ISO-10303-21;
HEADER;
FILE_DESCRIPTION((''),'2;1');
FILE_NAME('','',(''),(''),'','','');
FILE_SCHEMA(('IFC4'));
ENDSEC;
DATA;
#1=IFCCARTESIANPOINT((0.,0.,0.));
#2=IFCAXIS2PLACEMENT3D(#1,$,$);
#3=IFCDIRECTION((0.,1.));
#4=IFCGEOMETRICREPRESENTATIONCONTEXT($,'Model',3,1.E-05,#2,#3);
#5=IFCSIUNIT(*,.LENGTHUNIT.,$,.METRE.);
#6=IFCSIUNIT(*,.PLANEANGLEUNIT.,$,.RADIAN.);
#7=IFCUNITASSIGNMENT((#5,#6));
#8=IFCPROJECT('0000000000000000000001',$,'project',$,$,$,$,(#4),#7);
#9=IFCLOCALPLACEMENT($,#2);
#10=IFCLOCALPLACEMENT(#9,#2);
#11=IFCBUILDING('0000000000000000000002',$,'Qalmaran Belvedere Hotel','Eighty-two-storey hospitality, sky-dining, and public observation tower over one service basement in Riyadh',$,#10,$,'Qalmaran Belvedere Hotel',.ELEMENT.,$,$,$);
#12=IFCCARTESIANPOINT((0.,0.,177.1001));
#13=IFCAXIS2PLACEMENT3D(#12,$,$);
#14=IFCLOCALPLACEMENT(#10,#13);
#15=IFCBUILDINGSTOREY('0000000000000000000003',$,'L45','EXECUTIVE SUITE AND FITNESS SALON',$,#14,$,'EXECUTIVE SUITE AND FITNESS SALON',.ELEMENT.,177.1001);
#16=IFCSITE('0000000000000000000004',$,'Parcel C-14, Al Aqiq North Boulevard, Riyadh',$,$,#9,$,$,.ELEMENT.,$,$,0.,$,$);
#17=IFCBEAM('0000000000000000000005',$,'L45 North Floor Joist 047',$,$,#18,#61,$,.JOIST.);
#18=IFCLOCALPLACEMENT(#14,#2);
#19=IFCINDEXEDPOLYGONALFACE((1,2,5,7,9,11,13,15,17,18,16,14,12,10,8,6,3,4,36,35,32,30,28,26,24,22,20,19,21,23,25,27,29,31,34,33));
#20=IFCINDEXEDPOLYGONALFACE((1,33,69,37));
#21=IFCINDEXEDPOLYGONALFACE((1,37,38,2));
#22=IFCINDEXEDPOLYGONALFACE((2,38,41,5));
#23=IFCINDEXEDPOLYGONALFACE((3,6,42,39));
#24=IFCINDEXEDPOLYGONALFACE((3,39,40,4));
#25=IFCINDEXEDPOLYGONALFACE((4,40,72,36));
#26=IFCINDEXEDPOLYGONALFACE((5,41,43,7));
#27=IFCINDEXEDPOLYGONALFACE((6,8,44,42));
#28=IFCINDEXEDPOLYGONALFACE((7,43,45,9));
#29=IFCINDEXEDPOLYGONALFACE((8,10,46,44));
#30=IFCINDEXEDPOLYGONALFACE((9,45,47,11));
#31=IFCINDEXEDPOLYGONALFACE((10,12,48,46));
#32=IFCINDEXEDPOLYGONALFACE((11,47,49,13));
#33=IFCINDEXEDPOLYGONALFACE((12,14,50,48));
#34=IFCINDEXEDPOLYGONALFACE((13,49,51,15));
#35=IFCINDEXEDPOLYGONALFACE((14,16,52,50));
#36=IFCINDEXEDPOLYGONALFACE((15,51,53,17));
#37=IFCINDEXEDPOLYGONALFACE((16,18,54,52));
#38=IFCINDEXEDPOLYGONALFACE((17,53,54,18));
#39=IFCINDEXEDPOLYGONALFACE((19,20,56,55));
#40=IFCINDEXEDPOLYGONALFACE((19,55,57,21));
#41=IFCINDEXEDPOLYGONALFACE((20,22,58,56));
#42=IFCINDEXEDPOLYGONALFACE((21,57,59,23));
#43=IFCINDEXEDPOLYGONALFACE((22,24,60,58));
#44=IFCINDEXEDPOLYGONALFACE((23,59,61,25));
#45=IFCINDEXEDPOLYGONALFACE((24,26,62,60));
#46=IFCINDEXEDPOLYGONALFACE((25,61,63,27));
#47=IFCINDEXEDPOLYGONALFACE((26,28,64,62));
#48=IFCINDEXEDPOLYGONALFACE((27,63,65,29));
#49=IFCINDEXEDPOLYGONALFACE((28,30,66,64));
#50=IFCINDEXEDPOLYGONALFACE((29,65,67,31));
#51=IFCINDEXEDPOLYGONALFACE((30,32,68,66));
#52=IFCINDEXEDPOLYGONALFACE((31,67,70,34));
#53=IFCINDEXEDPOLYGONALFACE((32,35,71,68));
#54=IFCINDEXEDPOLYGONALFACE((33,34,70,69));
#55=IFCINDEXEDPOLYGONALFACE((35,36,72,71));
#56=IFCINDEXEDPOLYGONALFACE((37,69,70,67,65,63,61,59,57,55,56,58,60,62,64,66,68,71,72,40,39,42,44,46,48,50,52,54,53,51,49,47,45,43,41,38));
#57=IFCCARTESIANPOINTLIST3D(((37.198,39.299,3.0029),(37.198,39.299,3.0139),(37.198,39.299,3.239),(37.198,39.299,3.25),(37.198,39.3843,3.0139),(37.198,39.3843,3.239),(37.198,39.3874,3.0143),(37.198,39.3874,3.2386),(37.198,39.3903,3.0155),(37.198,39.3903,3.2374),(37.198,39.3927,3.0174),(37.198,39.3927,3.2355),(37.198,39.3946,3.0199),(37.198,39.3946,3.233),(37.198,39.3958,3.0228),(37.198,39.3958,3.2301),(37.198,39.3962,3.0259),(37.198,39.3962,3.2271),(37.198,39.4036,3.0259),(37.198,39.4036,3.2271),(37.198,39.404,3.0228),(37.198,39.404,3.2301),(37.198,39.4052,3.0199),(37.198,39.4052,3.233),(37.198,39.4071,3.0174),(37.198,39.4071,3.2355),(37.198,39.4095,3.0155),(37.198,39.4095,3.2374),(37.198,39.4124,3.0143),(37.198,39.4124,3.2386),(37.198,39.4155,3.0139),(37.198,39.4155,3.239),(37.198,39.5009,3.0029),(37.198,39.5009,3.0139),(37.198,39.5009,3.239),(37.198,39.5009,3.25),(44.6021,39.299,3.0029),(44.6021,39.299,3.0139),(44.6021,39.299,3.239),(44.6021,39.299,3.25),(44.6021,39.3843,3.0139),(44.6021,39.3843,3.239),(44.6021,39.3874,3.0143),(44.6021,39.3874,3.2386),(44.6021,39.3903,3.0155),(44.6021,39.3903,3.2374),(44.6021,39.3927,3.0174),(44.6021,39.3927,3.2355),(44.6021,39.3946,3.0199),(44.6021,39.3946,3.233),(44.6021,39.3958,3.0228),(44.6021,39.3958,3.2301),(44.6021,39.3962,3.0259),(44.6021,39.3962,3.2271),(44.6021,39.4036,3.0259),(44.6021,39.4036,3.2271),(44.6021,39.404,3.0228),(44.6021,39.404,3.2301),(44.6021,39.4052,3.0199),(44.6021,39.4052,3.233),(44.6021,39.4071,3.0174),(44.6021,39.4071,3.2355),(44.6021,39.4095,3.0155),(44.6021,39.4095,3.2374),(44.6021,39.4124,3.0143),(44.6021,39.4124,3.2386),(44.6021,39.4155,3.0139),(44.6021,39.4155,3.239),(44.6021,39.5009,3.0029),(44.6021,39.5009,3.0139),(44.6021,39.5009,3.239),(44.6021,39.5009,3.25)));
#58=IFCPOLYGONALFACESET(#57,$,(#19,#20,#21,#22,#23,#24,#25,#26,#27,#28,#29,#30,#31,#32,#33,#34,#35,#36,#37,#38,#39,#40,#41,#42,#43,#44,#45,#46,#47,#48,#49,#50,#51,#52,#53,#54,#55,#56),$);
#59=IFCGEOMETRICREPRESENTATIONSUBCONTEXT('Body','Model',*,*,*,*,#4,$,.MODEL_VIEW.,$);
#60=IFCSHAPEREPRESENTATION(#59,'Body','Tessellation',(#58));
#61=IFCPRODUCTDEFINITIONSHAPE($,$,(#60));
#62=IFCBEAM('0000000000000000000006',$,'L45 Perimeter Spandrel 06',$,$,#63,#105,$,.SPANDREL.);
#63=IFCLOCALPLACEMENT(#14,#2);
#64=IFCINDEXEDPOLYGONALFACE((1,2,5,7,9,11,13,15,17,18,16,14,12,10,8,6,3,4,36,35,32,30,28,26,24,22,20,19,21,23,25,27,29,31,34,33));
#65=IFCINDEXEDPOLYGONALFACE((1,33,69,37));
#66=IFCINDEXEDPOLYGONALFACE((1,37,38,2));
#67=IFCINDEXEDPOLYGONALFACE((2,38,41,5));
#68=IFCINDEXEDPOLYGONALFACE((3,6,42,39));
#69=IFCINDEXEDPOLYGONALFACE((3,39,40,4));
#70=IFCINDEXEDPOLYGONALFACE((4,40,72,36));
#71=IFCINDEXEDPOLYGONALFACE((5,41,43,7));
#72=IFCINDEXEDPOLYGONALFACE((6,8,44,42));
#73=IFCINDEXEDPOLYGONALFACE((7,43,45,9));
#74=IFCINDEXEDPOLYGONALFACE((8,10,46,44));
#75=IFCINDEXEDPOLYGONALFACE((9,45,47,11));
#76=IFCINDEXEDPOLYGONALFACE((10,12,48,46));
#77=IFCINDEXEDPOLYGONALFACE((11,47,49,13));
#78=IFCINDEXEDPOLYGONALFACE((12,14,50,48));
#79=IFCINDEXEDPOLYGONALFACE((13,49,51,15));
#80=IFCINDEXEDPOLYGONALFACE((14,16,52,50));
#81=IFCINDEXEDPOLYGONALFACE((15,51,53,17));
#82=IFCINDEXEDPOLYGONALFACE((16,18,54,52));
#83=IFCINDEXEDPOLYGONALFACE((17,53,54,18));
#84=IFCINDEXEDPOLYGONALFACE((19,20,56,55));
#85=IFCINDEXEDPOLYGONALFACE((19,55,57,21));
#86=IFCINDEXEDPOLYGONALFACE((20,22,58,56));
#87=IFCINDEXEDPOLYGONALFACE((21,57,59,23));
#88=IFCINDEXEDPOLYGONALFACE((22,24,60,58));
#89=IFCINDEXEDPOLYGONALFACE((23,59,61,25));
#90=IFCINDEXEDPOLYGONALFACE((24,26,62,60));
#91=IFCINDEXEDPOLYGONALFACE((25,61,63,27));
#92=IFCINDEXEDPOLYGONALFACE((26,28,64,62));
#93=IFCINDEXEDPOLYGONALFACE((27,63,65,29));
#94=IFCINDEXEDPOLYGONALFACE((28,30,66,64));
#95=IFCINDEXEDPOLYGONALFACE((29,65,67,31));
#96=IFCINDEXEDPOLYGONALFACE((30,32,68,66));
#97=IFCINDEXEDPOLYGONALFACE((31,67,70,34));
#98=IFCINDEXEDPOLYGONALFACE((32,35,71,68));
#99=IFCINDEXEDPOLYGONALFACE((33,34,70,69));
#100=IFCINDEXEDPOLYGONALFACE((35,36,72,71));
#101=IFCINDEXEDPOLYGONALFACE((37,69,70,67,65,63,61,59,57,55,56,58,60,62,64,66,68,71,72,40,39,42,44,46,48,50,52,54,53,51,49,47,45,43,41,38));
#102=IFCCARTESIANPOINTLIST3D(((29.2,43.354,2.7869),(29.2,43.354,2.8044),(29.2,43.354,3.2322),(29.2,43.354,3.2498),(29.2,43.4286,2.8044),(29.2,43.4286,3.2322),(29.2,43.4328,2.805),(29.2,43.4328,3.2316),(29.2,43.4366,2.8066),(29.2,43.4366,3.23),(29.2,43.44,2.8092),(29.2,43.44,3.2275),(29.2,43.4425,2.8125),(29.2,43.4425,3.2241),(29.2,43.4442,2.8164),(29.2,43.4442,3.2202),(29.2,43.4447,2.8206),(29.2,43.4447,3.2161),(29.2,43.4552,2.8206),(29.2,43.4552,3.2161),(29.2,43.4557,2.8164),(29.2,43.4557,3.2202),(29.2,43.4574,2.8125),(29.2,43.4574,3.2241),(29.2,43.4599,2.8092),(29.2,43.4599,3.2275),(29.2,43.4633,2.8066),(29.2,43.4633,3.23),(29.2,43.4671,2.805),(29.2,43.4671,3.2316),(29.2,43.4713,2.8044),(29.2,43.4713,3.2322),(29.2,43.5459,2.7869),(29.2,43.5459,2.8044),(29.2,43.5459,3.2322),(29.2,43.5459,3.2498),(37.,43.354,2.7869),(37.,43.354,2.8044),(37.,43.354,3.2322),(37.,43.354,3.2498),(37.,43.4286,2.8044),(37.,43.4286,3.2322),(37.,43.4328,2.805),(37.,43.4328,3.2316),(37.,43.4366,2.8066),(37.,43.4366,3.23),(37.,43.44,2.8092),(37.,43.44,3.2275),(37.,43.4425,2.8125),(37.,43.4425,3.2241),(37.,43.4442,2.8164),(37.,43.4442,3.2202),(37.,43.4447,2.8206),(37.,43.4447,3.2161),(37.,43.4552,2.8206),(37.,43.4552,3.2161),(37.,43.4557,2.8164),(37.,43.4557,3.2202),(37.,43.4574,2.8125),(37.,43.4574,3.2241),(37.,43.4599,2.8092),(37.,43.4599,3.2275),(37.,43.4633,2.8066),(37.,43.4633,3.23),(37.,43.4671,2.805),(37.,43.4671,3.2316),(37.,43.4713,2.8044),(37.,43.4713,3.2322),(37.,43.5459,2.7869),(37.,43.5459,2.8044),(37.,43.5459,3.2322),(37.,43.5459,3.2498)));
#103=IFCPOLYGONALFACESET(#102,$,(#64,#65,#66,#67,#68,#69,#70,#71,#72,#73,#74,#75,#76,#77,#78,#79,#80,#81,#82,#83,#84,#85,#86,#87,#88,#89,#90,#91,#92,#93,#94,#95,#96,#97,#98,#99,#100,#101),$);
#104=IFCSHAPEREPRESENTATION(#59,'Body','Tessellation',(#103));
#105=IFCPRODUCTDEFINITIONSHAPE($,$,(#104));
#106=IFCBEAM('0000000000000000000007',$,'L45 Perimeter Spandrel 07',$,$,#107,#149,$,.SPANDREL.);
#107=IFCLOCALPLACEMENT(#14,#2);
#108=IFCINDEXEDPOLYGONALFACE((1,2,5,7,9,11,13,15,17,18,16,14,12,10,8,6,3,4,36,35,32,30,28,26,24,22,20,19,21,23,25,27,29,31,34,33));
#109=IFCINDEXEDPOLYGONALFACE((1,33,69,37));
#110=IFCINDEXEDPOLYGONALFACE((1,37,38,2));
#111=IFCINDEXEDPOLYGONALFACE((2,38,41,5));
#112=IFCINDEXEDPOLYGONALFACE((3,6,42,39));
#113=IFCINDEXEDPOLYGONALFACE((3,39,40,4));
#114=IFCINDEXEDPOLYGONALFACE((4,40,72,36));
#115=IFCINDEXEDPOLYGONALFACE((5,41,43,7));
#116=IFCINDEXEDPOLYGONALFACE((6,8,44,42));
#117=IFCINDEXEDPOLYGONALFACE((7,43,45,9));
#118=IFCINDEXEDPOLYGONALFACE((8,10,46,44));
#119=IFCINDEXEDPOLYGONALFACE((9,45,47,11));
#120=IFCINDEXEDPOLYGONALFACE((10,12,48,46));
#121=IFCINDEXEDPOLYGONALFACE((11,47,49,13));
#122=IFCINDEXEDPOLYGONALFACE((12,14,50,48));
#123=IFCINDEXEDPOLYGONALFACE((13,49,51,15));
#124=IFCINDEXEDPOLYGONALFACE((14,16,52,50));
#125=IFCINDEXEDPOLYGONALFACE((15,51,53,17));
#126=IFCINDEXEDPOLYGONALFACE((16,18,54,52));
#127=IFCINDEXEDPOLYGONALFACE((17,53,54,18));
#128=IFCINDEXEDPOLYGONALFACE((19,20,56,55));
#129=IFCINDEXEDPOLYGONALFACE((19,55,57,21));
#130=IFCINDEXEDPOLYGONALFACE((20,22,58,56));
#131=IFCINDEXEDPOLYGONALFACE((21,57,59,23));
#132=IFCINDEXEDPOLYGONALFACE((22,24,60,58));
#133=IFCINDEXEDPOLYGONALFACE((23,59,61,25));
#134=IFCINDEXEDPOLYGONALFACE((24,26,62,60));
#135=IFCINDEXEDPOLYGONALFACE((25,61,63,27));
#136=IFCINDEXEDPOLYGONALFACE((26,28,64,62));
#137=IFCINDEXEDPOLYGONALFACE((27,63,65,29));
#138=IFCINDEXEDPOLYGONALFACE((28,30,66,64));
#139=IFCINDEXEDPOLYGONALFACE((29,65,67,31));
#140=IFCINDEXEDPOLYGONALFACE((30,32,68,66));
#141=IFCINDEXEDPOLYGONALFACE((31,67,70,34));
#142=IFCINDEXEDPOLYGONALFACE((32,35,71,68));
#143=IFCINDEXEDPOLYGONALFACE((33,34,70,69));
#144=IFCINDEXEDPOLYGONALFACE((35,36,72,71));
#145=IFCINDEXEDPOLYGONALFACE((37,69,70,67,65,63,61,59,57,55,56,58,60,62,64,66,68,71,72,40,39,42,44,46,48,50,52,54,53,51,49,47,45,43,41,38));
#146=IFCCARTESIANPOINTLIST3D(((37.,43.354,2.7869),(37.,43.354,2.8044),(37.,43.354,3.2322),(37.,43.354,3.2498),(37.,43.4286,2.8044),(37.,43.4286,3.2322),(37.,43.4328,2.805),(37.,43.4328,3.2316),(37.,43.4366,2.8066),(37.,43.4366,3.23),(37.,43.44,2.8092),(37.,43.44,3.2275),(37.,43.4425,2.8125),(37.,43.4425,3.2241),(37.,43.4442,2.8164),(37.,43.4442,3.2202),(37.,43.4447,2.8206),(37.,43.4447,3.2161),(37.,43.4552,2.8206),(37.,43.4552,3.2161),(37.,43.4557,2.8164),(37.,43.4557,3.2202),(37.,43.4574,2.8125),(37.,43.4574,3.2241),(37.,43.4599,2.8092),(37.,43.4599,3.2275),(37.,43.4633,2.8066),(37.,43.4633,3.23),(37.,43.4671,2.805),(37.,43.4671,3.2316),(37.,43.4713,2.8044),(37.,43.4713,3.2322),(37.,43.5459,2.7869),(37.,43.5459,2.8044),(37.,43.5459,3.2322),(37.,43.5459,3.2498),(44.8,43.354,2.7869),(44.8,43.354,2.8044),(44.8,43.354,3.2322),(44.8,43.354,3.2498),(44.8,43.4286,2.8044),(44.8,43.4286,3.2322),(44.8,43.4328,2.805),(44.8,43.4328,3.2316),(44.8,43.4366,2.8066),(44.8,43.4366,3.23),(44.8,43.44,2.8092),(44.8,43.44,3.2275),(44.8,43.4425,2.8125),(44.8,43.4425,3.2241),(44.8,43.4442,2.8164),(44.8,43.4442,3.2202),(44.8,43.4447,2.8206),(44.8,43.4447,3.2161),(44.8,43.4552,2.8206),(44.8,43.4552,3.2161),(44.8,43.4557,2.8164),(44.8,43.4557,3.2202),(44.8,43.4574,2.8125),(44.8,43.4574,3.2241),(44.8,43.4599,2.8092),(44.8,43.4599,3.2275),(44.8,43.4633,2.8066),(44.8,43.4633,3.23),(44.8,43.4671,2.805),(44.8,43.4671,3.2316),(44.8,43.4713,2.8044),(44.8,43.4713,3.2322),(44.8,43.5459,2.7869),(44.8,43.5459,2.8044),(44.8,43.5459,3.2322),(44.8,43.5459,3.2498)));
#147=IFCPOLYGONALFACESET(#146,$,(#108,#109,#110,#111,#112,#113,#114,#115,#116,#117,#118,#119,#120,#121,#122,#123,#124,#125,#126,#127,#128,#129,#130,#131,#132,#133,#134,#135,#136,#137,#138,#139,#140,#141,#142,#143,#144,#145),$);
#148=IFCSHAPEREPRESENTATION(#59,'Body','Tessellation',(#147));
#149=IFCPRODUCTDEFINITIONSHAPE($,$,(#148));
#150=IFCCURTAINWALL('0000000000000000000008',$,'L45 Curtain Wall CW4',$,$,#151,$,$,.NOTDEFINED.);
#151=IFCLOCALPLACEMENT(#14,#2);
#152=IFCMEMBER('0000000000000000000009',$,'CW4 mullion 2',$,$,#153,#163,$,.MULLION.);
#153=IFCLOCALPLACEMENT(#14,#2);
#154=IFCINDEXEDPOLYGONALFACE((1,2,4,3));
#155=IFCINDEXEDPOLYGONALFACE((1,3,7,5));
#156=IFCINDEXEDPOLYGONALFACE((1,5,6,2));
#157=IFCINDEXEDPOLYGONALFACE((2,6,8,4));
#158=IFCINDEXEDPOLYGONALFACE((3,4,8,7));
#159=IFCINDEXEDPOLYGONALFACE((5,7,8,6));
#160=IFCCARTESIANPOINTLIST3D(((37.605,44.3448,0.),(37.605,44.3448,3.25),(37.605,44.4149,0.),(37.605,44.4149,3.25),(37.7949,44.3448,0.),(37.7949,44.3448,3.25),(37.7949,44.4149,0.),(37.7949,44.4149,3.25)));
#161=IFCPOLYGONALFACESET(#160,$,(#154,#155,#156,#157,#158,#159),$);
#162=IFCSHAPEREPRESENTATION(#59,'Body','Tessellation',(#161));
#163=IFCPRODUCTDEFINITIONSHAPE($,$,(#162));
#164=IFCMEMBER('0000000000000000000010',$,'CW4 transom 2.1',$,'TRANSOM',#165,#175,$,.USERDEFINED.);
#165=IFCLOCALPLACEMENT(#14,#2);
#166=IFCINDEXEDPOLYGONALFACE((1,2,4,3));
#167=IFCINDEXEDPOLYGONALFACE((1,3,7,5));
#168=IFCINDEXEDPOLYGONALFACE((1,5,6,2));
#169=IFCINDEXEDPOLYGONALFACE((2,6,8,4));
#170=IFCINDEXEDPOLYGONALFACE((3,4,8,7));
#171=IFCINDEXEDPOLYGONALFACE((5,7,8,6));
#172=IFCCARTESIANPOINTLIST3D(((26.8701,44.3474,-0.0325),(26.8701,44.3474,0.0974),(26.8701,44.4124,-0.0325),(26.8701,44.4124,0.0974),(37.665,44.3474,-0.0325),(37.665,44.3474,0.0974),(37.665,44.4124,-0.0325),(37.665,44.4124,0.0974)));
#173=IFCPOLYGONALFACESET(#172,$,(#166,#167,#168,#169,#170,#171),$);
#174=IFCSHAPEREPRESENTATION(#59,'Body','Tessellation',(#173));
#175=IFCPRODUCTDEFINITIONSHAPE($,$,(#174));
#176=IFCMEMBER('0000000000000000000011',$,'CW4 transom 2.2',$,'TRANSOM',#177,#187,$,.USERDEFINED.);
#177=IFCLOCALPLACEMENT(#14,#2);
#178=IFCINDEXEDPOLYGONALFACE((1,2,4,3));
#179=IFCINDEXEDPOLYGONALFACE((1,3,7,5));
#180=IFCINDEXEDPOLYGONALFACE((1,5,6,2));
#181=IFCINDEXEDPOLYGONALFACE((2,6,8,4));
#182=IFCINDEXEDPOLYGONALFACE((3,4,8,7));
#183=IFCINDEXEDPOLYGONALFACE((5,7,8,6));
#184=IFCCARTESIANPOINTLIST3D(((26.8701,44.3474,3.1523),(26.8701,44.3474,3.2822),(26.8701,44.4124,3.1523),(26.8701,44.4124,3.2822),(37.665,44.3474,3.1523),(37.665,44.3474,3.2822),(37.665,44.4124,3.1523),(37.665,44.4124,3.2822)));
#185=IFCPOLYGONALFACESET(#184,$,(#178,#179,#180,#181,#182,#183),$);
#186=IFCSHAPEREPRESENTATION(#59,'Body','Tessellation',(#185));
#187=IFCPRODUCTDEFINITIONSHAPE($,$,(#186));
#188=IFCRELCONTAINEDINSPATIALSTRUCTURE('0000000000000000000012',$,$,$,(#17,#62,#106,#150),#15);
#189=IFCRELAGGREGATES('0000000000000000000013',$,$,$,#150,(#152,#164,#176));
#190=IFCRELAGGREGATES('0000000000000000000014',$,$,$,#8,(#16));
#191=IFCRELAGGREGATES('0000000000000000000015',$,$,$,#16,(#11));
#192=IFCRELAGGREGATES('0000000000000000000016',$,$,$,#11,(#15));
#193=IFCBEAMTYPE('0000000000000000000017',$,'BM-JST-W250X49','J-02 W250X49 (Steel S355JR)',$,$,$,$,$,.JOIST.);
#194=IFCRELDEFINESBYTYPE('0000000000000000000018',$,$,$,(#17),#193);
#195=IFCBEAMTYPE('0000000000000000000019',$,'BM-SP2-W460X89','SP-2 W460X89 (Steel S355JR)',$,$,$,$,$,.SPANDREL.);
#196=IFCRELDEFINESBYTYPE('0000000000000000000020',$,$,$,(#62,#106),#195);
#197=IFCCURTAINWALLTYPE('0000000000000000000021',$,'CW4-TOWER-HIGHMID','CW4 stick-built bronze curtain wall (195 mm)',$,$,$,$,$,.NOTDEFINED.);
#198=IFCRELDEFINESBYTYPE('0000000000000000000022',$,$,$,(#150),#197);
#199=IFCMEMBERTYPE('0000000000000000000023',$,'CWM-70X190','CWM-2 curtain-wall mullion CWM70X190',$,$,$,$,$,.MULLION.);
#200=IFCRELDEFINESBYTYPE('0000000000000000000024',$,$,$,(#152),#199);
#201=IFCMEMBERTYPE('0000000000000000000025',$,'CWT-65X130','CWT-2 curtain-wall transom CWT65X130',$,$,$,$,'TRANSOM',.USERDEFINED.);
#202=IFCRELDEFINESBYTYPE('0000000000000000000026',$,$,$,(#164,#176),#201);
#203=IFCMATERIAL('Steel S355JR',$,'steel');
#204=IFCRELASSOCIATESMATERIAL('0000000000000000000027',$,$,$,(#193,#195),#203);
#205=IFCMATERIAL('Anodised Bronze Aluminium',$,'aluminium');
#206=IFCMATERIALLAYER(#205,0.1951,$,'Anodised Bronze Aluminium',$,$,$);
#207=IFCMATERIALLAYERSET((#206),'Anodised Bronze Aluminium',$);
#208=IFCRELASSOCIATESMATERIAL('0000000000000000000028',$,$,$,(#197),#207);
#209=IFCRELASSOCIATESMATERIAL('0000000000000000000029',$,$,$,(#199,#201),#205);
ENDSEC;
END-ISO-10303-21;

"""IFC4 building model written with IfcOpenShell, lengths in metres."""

from ifc_helpers import new_model, si_unit, direction, frame, origin, origin_2d, place, context, subcontext, project, spatial, rectangle, i_section, extrude, material, layer, layer_set, material_profile, profile_set, type_object, element, aggregate, save


model = new_model("IFC4")

# Units and contexts
model_context = context("Model", 3, precision=1e-05, world=origin(), true_north=direction((0.0, 1.0)))
body_context = subcontext(model_context, "Body", "Model", "MODEL_VIEW")
ifc_project = project(units=[si_unit("LENGTHUNIT", "METRE"), si_unit("PLANEANGLEUNIT", "RADIAN")], contexts=[model_context])

# Site, building, storey
site_placement = place(None, origin())
site = spatial("IfcSite", under=ifc_project, at=site_placement, Name="Parcel C-14, Al Aqiq North Boulevard, Riyadh", CompositionType="ELEMENT", RefElevation=0.0)
building_placement = place(site_placement, origin())
building = spatial("IfcBuilding", under=site, at=building_placement, Name="Qalmaran Belvedere Hotel", Description="Eighty-two-storey hospitality, sky-dining, and public observation tower over one service basement in Riyadh", LongName="Qalmaran Belvedere Hotel", CompositionType="ELEMENT")
storey_placement = place(building_placement, frame((0.0, 0.0, 177.1001)))
storey = spatial("IfcBuildingStorey", under=building, at=storey_placement, Name="L45", Description="EXECUTIVE SUITE AND FITNESS SALON", LongName="EXECUTIVE SUITE AND FITNESS SALON", CompositionType="ELEMENT", Elevation=177.1001)

# Beams
ifc_material_1 = material(Name="Steel S355JR", Category="steel")
ifc_material_profile_1 = material_profile(ifc_material_1, i_section(OverallWidth=0.2019, OverallDepth=0.2471, WebThickness=0.0073, FlangeThickness=0.011, FilletRadius=0.012, at=origin_2d()), Name="W250X49")
ifc_profile_set_1 = profile_set([ifc_material_profile_1], Name="Steel S355JR")
beam_type_1 = type_object("IfcBeamType", Name="BM-JST-W250X49", Description="J-02 W250X49 (Steel S355JR)", PredefinedType="JOIST", material=ifc_profile_set_1)
for number, where, z_axis, x_axis, name in (
    (1, (37.198, 39.3999, 3.1265), (1.0, 0.0, 0.0), (0.0, 1.0, 0.0), "L45 North Floor Joist 047"),
):
    element("IfcBeam", number, at=place(storey_placement, frame(where, z_axis=z_axis, x_axis=x_axis)), inside=storey, type_object=beam_type_1, Name=name, PredefinedType="JOIST", context=body_context, shape_type="SweptSolid", body=[
        extrude(i_section(OverallWidth=0.2019, OverallDepth=0.2471, WebThickness=0.0073, FlangeThickness=0.011, FilletRadius=0.012, at=origin_2d()), origin(), (0.0, 0.0, 1.0), 7.4041),
    ])
ifc_material_profile_2 = material_profile(ifc_material_1, i_section(OverallWidth=0.1919, OverallDepth=0.4629, WebThickness=0.0105, FlangeThickness=0.0176, FilletRadius=0.0161, at=origin_2d()), Name="W460X89")
ifc_profile_set_2 = profile_set([ifc_material_profile_2], Name="Steel S355JR")
beam_type_2 = type_object("IfcBeamType", Name="BM-SP2-W460X89", Description="SP-2 W460X89 (Steel S355JR)", PredefinedType="SPANDREL", material=ifc_profile_set_2)
for number, where, z_axis, x_axis, name in (
    (2, (29.2, 43.45, 3.0183), (1.0, 0.0, 0.0), (0.0, 1.0, 0.0), "L45 Perimeter Spandrel 06"),
    (3, (37.0, 43.45, 3.0183), (1.0, 0.0, 0.0), (0.0, 1.0, 0.0), "L45 Perimeter Spandrel 07"),
):
    element("IfcBeam", number, at=place(storey_placement, frame(where, z_axis=z_axis, x_axis=x_axis)), inside=storey, type_object=beam_type_2, Name=name, PredefinedType="SPANDREL", context=body_context, shape_type="SweptSolid", body=[
        extrude(i_section(OverallWidth=0.1919, OverallDepth=0.4629, WebThickness=0.0105, FlangeThickness=0.0176, FilletRadius=0.0161, at=origin_2d()), origin(), (0.0, 0.0, 1.0), 7.8),
    ])

# Curtain wall, members
ifc_material_2 = material(Name="Anodised Bronze Aluminium", Category="aluminium")
ifc_layer_1 = layer(ifc_material_2, 0.1951, Name="Anodised Bronze Aluminium")
ifc_layer_set_1 = layer_set([ifc_layer_1], Name="Anodised Bronze Aluminium")
curtain_wall_type = type_object("IfcCurtainWallType", Name="CW4-TOWER-HIGHMID", Description="CW4 stick-built bronze curtain wall (195 mm)", PredefinedType="NOTDEFINED", material=ifc_layer_set_1)
curtain_wall_placement = place(storey_placement, origin())
curtain_wall = element("IfcCurtainWall", 4, at=curtain_wall_placement, inside=storey, type_object=curtain_wall_type, Name="L45 Curtain Wall CW4", PredefinedType="NOTDEFINED")
ifc_material_profile_3 = material_profile(ifc_material_2, rectangle(XDim=0.0701, YDim=0.1899, at=origin_2d()), Name="CWM70X190")
ifc_profile_set_3 = profile_set([ifc_material_profile_3], Name="Anodised Bronze Aluminium")
member_type_1 = type_object("IfcMemberType", Name="CWM-70X190", Description="CWM-2 curtain-wall mullion CWM70X190", PredefinedType="MULLION", material=ifc_profile_set_3)
member_1_placement = place(storey_placement, frame((37.7, 44.3799, 0.0), z_axis=(0.0, 0.0, 1.0), x_axis=(0.0, -1.0, 0.0)))
member_1 = element("IfcMember", 5, at=member_1_placement, type_object=member_type_1, Name="CW4 mullion 2", PredefinedType="MULLION", context=body_context, shape_type="SweptSolid", body=[
    extrude(rectangle(XDim=0.0701, YDim=0.1899, at=origin_2d()), origin(), (0.0, 0.0, 1.0), 3.25),
])
ifc_material_profile_4 = material_profile(ifc_material_2, rectangle(XDim=0.0649, YDim=0.1299, at=origin_2d()), Name="CWT65X130")
ifc_profile_set_4 = profile_set([ifc_material_profile_4], Name="Anodised Bronze Aluminium")
member_type_2 = type_object("IfcMemberType", Name="CWT-65X130", Description="CWT-2 curtain-wall transom CWT65X130", ElementType="TRANSOM", PredefinedType="USERDEFINED", material=ifc_profile_set_4)
member_2_placement = place(storey_placement, frame((37.665, 44.3799, 0.0325), z_axis=(-1.0, 0.0, 0.0), x_axis=(0.0, -1.0, 0.0)))
member_2 = element("IfcMember", 6, at=member_2_placement, type_object=member_type_2, Name="CW4 transom 2.1", ObjectType="TRANSOM", PredefinedType="USERDEFINED", context=body_context, shape_type="SweptSolid", body=[
    extrude(rectangle(XDim=0.0649, YDim=0.1299, at=origin_2d()), origin(), (0.0, 0.0, 1.0), 10.7949),
])
member_3_placement = place(storey_placement, frame((37.665, 44.3799, 3.2173), z_axis=(-1.0, 0.0, 0.0), x_axis=(0.0, -1.0, 0.0)))
member_3 = element("IfcMember", 7, at=member_3_placement, type_object=member_type_2, Name="CW4 transom 2.2", ObjectType="TRANSOM", PredefinedType="USERDEFINED", context=body_context, shape_type="SweptSolid", body=[
    extrude(rectangle(XDim=0.0649, YDim=0.1299, at=origin_2d()), origin(), (0.0, 0.0, 1.0), 10.7949),
])
aggregate(curtain_wall, [member_1, member_2, member_3])

save(model, "model.ifc")
